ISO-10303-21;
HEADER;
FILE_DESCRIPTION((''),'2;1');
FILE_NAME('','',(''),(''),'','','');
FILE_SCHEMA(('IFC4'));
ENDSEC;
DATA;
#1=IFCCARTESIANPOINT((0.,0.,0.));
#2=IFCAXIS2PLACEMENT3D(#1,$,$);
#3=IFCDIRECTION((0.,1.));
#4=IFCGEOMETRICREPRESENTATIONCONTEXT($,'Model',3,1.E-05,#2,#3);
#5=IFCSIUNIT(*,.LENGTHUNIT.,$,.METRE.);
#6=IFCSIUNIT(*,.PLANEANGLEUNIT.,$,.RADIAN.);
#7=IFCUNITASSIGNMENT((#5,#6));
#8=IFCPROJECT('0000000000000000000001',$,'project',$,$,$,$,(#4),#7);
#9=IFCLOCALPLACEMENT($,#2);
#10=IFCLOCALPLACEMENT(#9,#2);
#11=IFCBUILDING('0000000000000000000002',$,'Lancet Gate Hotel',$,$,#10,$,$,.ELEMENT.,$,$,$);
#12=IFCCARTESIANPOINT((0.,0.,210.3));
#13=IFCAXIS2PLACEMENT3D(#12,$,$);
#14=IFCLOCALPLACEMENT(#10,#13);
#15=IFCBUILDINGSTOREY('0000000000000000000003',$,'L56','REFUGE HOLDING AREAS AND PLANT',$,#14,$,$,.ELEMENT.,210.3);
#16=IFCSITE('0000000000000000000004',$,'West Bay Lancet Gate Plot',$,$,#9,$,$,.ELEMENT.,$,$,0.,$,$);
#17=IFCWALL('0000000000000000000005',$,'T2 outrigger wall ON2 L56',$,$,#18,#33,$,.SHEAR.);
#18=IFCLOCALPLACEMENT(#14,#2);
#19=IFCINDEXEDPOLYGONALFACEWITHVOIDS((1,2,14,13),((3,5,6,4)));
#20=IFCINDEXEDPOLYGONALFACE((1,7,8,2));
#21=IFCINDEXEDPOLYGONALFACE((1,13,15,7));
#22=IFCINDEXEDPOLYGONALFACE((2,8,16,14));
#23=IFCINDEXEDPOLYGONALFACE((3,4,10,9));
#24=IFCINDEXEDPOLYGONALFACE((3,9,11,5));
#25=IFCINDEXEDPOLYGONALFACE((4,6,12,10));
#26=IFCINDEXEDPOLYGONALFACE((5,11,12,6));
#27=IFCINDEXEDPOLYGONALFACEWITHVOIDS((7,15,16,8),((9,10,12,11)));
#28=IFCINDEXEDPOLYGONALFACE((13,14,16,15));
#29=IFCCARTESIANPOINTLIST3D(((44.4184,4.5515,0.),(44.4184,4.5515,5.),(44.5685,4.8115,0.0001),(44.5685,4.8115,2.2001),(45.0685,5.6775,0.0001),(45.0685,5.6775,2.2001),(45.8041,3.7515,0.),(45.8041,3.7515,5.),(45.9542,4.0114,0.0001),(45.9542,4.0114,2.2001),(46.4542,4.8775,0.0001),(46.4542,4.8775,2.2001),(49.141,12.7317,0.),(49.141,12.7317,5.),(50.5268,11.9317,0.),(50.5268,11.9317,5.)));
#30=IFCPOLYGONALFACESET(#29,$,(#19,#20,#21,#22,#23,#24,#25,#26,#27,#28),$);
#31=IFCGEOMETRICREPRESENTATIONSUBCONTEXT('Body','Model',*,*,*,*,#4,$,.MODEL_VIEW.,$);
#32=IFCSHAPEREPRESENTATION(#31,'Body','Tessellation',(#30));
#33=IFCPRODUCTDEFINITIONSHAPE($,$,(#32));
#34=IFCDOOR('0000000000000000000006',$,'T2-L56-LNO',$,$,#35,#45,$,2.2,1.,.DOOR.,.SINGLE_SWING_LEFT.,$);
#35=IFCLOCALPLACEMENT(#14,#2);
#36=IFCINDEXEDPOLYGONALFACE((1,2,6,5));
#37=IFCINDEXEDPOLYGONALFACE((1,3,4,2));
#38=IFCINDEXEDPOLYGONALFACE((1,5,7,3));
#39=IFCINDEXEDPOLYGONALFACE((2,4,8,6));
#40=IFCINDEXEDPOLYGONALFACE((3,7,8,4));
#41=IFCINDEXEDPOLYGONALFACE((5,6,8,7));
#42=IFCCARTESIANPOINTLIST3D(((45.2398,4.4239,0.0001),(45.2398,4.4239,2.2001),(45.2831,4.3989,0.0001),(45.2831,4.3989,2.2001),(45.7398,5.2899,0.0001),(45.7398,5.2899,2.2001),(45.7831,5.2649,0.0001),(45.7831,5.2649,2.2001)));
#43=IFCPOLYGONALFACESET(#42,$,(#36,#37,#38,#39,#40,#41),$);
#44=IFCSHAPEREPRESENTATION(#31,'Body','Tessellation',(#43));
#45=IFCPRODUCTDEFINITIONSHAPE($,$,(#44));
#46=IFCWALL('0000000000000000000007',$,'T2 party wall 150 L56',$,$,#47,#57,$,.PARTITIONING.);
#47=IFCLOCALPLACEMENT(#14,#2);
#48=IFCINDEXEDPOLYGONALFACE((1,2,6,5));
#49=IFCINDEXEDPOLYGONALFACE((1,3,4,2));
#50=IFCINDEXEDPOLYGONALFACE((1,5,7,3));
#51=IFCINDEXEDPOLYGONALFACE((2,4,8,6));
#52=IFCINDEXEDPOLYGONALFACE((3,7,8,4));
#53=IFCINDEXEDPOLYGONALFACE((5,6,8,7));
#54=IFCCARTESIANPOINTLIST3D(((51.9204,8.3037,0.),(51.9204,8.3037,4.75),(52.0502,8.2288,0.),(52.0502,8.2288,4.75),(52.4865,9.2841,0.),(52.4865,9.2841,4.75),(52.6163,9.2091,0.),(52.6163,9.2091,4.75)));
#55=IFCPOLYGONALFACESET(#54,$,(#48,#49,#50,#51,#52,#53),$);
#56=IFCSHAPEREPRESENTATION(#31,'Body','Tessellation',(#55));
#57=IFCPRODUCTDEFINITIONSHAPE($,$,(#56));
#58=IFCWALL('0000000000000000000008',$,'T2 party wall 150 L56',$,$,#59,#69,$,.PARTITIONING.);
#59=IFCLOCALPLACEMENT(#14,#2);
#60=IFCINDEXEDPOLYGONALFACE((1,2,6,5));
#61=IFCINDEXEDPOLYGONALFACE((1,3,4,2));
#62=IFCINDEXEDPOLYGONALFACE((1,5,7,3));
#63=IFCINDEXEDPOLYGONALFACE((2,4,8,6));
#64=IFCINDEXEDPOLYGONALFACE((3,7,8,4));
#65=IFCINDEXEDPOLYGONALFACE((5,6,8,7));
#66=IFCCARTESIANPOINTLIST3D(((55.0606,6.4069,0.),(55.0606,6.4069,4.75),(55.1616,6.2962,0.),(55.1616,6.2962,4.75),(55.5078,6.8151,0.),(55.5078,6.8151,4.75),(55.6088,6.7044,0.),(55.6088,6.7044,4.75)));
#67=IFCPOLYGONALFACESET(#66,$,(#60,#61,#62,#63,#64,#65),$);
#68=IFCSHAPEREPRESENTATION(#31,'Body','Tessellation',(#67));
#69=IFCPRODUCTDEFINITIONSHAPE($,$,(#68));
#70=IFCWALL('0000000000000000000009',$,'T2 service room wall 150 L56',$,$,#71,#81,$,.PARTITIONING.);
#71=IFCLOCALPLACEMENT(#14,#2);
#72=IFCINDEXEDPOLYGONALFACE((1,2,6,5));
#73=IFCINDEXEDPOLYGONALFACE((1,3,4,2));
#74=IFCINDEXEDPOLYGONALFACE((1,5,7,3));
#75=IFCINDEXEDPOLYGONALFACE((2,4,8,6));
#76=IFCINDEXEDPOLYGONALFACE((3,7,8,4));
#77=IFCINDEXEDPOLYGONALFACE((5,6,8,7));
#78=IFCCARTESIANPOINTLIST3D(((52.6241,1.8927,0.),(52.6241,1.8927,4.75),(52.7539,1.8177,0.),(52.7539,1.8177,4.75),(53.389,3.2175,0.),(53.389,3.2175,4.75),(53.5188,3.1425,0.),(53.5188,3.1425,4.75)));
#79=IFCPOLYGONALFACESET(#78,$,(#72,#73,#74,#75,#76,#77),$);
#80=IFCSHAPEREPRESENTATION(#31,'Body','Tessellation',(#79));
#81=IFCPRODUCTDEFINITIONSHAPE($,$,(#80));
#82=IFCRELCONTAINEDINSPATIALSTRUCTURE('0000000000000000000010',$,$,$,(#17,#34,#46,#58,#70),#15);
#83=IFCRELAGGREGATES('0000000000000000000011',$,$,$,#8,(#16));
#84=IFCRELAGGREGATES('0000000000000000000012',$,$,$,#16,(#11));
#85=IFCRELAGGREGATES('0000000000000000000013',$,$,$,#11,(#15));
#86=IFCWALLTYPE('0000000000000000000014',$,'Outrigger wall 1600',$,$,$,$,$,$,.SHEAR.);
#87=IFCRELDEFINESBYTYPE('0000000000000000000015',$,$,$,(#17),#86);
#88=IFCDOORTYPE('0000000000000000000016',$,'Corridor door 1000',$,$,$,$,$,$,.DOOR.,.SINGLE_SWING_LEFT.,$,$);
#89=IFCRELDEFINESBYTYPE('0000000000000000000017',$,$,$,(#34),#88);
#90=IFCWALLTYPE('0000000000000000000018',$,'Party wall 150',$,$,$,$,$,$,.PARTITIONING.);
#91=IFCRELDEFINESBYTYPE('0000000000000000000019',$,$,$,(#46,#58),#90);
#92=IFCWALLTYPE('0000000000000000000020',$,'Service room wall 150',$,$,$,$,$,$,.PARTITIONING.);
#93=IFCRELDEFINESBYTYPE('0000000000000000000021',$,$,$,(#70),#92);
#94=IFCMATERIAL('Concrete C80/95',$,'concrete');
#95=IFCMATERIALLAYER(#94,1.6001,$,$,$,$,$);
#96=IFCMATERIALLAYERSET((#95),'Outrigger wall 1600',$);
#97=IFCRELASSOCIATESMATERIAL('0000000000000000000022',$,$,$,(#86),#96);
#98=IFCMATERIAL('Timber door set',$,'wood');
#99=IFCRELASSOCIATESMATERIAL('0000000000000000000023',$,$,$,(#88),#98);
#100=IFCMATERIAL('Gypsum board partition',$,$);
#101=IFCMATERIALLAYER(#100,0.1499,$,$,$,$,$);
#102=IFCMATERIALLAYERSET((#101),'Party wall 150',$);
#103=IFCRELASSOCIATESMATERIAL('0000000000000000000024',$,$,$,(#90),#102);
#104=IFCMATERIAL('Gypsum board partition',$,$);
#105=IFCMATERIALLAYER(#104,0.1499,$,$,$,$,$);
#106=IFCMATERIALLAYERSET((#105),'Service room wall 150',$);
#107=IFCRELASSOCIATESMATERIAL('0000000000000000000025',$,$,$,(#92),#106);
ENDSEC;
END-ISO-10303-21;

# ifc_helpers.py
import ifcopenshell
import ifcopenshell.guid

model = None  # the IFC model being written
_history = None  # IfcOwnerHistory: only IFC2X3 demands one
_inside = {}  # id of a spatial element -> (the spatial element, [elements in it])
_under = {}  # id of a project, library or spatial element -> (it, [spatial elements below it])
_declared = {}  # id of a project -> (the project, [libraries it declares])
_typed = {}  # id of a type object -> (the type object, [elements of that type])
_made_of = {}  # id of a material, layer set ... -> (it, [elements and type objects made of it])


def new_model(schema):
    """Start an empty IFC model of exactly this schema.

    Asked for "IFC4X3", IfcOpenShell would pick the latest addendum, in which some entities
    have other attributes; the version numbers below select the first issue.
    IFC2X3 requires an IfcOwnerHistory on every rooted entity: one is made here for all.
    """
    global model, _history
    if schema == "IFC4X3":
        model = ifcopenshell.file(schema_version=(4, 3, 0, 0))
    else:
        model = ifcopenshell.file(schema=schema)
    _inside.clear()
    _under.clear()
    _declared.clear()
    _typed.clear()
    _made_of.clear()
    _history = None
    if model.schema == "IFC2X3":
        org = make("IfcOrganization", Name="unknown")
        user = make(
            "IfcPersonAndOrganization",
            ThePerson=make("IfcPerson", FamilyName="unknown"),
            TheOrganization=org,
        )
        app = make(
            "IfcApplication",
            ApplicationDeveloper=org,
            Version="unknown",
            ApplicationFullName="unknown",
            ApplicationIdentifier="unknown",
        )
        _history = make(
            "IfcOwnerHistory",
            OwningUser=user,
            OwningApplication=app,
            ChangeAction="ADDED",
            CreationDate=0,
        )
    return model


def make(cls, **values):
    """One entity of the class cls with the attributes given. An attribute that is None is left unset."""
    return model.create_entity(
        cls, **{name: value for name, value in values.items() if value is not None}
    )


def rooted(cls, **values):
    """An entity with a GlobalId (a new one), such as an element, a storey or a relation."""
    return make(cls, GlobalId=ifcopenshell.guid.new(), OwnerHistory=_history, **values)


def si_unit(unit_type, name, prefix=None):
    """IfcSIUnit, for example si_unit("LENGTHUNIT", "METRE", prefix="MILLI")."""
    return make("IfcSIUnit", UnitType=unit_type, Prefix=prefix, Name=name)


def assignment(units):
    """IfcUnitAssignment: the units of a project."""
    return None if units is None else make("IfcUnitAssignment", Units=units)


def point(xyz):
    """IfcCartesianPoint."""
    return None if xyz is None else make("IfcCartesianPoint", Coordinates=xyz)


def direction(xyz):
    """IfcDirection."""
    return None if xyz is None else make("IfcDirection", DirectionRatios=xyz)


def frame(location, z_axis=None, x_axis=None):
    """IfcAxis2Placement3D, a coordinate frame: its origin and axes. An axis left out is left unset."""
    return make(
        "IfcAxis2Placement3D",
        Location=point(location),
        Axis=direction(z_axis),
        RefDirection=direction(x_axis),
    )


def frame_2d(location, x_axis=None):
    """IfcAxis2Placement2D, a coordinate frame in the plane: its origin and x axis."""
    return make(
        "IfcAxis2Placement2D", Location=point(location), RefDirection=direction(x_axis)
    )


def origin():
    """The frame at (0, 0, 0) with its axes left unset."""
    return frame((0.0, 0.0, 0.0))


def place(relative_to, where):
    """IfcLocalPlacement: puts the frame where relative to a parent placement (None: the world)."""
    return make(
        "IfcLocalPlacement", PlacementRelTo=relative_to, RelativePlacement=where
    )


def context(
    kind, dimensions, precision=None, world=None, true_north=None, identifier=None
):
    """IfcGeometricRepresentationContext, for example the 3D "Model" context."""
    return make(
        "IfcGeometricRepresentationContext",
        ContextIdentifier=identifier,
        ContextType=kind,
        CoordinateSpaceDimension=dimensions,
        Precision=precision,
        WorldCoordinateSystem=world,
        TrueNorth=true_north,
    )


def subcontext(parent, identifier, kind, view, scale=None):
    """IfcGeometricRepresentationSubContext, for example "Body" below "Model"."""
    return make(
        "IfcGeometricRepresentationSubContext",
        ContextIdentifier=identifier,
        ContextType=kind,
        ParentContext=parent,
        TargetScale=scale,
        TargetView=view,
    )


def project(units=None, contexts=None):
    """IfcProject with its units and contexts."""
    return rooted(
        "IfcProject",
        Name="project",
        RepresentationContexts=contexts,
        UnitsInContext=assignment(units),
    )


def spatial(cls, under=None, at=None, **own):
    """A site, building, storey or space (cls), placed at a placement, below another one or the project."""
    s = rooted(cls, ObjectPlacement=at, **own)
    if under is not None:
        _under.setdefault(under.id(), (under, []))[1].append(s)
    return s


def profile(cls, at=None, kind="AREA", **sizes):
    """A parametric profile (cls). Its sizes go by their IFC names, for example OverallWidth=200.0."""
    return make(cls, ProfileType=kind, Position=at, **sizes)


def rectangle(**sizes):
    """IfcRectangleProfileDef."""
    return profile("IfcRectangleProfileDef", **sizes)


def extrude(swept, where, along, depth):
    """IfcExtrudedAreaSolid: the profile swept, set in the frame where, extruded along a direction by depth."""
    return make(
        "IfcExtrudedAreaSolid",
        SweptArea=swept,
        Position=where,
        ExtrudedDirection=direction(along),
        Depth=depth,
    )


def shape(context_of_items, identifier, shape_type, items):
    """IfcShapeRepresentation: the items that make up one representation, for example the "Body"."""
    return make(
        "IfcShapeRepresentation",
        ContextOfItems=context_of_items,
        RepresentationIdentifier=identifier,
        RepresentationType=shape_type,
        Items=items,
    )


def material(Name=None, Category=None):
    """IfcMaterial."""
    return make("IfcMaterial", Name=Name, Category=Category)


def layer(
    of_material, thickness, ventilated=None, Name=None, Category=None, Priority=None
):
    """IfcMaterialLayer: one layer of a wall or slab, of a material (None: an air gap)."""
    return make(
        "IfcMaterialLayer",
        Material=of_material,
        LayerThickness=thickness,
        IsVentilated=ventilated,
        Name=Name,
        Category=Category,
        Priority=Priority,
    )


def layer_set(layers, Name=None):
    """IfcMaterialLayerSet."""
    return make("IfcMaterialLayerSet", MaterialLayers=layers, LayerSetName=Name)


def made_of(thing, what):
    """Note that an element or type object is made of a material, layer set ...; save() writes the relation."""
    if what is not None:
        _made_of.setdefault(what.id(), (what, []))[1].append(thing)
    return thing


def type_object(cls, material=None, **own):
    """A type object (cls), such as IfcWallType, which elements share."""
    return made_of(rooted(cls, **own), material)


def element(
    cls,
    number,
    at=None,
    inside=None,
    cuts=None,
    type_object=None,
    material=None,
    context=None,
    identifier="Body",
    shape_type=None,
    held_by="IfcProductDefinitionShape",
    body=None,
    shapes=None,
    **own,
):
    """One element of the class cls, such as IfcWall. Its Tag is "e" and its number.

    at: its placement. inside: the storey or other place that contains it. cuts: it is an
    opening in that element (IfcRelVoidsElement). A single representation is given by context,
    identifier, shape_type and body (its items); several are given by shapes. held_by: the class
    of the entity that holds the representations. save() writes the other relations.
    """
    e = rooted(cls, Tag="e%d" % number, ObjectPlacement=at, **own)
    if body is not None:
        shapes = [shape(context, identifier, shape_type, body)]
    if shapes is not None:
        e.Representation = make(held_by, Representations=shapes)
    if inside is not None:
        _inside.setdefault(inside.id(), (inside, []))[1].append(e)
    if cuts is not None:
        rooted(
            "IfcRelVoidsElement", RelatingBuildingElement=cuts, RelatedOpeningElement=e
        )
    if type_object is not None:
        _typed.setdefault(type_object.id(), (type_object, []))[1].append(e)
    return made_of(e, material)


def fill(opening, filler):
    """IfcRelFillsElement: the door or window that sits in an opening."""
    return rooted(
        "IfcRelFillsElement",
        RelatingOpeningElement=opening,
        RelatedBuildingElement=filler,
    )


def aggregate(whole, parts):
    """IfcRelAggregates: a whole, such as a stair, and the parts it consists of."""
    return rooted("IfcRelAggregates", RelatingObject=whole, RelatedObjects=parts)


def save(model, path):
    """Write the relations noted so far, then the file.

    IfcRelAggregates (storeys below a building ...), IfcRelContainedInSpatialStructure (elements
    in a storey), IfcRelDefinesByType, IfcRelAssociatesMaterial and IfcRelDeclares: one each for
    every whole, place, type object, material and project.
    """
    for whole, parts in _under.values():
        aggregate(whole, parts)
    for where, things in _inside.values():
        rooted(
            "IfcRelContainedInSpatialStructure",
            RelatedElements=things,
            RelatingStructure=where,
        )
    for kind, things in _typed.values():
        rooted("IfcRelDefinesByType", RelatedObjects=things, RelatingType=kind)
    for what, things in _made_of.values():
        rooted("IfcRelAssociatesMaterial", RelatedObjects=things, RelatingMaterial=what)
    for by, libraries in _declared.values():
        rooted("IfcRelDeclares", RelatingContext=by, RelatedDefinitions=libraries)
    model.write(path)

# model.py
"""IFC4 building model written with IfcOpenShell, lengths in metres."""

from ifc_helpers import new_model, si_unit, direction, frame, frame_2d, origin, place, context, subcontext, project, spatial, rectangle, extrude, material, layer, layer_set, type_object, element, fill, save


model = new_model("IFC4")

# Units and contexts
model_context = context("Model", 3, precision=1e-05, world=origin(), true_north=direction((0.0, 1.0)))
body_context = subcontext(model_context, "Body", "Model", "MODEL_VIEW")
ifc_project = project(units=[si_unit("LENGTHUNIT", "METRE"), si_unit("PLANEANGLEUNIT", "RADIAN")], contexts=[model_context])

# Site, building, storey
site_placement = place(None, origin())
site = spatial("IfcSite", under=ifc_project, at=site_placement, Name="West Bay Lancet Gate Plot", CompositionType="ELEMENT", RefElevation=0.0)
building_placement = place(site_placement, origin())
building = spatial("IfcBuilding", under=site, at=building_placement, Name="Lancet Gate Hotel", CompositionType="ELEMENT")
storey_placement = place(building_placement, frame((0.0, 0.0, 210.3)))
storey = spatial("IfcBuildingStorey", under=building, at=storey_placement, Name="L56", Description="REFUGE HOLDING AREAS AND PLANT", CompositionType="ELEMENT", Elevation=210.3)

# Wall, opening, door
ifc_material_1 = material(Name="Concrete C80/95", Category="concrete")
ifc_layer_1 = layer(ifc_material_1, 1.6001)
ifc_layer_set_1 = layer_set([ifc_layer_1], Name="Outrigger wall 1600")
wall_type_1 = type_object("IfcWallType", Name="Outrigger wall 1600", PredefinedType="SHEAR", material=ifc_layer_set_1)
wall_1_placement = place(storey_placement, frame((45.1113, 4.1516, 0.0), z_axis=(0.0, 0.0, 1.0), x_axis=(0.499986, 0.866033, 0.0)))
wall_1 = element("IfcWall", 1, at=wall_1_placement, inside=storey, type_object=wall_type_1, Name="T2 outrigger wall ON2 L56", PredefinedType="SHEAR", context=body_context, shape_type="SweptSolid", body=[
    extrude(rectangle(XDim=9.4456, YDim=1.6001, at=frame_2d((4.7227, 0.0))), origin(), (0.0, 0.0, 1.0), 5.0),
])
opening_1_placement = place(wall_1_placement, frame((0.3, 0.0, 0.0)))
opening_1 = element("IfcOpeningElement", 2, at=opening_1_placement, cuts=wall_1, PredefinedType="OPENING", context=body_context, shape_type="SweptSolid", body=[
    extrude(rectangle(XDim=1.0, YDim=2.2, at=frame_2d((0.5, 1.1001))), frame((0.0, 0.8101, 0.0), z_axis=(0.0, -1.0, 0.0), x_axis=(1.0, 0.0, 0.0)), (0.0, 0.0, 1.0), 1.6201),
])
ifc_material_2 = material(Name="Timber door set", Category="wood")
door_type = type_object("IfcDoorType", Name="Corridor door 1000", OperationType="SINGLE_SWING_LEFT", PredefinedType="DOOR", material=ifc_material_2)
door_placement = place(opening_1_placement, origin())
door = element("IfcDoor", 3, at=door_placement, inside=storey, type_object=door_type, Name="T2-L56-LNO", OperationType="SINGLE_SWING_LEFT", OverallHeight=2.2, OverallWidth=1.0, PredefinedType="DOOR", context=body_context, shape_type="SweptSolid", body=[
    extrude(rectangle(XDim=1.0, YDim=2.2, at=frame_2d((0.5, 1.1001))), frame((0.0, 0.0249, 0.0), z_axis=(0.0, -1.0, 0.0), x_axis=(1.0, 0.0, 0.0)), (0.0, 0.0, 1.0), 0.05),
])
fill(opening_1, door)

# Walls
ifc_material_3 = material(Name="Gypsum board partition")
ifc_layer_2 = layer(ifc_material_3, 0.1499)
ifc_layer_set_2 = layer_set([ifc_layer_2], Name="Party wall 150")
wall_type_2 = type_object("IfcWallType", Name="Party wall 150", PredefinedType="PARTITIONING", material=ifc_layer_set_2)
wall_2_placement = place(storey_placement, frame((51.9854, 8.2664, 0.0), z_axis=(0.0, 0.0, 1.0), x_axis=(0.500058, 0.865992, 0.0)))
element("IfcWall", 4, at=wall_2_placement, inside=storey, type_object=wall_type_2, Name="T2 party wall 150 L56", PredefinedType="PARTITIONING", context=body_context, shape_type="SweptSolid", body=[
    extrude(rectangle(XDim=1.1321, YDim=0.1499, at=frame_2d((0.5659, 0.0))), origin(), (0.0, 0.0, 1.0), 4.75),
])
wall_3_placement = place(storey_placement, frame((55.1111, 6.3516, 0.0), z_axis=(0.0, 0.0, 1.0), x_axis=(0.738625, 0.674116, 0.0)))
element("IfcWall", 5, at=wall_3_placement, inside=storey, type_object=wall_type_2, Name="T2 party wall 150 L56", PredefinedType="PARTITIONING", context=body_context, shape_type="SweptSolid", body=[
    extrude(rectangle(XDim=0.6055, YDim=0.1499, at=frame_2d((0.3027, 0.0))), origin(), (0.0, 0.0, 1.0), 4.75),
])
ifc_material_4 = material(Name="Gypsum board partition")
ifc_layer_3 = layer(ifc_material_4, 0.1499)
ifc_layer_set_3 = layer_set([ifc_layer_3], Name="Service room wall 150")
wall_type_3 = type_object("IfcWallType", Name="Service room wall 150", PredefinedType="PARTITIONING", material=ifc_layer_set_3)
wall_4_placement = place(storey_placement, frame((52.689, 1.8552, 0.0), z_axis=(0.0, 0.0, 1.0), x_axis=(0.500036, 0.866005, 0.0)))
element("IfcWall", 6, at=wall_4_placement, inside=storey, type_object=wall_type_3, Name="T2 service room wall 150 L56", PredefinedType="PARTITIONING", context=body_context, shape_type="SweptSolid", body=[
    extrude(rectangle(XDim=1.5298, YDim=0.1499, at=frame_2d((0.7649, 0.0))), origin(), (0.0, 0.0, 1.0), 4.75),
])

save(model, "model.ifc")
